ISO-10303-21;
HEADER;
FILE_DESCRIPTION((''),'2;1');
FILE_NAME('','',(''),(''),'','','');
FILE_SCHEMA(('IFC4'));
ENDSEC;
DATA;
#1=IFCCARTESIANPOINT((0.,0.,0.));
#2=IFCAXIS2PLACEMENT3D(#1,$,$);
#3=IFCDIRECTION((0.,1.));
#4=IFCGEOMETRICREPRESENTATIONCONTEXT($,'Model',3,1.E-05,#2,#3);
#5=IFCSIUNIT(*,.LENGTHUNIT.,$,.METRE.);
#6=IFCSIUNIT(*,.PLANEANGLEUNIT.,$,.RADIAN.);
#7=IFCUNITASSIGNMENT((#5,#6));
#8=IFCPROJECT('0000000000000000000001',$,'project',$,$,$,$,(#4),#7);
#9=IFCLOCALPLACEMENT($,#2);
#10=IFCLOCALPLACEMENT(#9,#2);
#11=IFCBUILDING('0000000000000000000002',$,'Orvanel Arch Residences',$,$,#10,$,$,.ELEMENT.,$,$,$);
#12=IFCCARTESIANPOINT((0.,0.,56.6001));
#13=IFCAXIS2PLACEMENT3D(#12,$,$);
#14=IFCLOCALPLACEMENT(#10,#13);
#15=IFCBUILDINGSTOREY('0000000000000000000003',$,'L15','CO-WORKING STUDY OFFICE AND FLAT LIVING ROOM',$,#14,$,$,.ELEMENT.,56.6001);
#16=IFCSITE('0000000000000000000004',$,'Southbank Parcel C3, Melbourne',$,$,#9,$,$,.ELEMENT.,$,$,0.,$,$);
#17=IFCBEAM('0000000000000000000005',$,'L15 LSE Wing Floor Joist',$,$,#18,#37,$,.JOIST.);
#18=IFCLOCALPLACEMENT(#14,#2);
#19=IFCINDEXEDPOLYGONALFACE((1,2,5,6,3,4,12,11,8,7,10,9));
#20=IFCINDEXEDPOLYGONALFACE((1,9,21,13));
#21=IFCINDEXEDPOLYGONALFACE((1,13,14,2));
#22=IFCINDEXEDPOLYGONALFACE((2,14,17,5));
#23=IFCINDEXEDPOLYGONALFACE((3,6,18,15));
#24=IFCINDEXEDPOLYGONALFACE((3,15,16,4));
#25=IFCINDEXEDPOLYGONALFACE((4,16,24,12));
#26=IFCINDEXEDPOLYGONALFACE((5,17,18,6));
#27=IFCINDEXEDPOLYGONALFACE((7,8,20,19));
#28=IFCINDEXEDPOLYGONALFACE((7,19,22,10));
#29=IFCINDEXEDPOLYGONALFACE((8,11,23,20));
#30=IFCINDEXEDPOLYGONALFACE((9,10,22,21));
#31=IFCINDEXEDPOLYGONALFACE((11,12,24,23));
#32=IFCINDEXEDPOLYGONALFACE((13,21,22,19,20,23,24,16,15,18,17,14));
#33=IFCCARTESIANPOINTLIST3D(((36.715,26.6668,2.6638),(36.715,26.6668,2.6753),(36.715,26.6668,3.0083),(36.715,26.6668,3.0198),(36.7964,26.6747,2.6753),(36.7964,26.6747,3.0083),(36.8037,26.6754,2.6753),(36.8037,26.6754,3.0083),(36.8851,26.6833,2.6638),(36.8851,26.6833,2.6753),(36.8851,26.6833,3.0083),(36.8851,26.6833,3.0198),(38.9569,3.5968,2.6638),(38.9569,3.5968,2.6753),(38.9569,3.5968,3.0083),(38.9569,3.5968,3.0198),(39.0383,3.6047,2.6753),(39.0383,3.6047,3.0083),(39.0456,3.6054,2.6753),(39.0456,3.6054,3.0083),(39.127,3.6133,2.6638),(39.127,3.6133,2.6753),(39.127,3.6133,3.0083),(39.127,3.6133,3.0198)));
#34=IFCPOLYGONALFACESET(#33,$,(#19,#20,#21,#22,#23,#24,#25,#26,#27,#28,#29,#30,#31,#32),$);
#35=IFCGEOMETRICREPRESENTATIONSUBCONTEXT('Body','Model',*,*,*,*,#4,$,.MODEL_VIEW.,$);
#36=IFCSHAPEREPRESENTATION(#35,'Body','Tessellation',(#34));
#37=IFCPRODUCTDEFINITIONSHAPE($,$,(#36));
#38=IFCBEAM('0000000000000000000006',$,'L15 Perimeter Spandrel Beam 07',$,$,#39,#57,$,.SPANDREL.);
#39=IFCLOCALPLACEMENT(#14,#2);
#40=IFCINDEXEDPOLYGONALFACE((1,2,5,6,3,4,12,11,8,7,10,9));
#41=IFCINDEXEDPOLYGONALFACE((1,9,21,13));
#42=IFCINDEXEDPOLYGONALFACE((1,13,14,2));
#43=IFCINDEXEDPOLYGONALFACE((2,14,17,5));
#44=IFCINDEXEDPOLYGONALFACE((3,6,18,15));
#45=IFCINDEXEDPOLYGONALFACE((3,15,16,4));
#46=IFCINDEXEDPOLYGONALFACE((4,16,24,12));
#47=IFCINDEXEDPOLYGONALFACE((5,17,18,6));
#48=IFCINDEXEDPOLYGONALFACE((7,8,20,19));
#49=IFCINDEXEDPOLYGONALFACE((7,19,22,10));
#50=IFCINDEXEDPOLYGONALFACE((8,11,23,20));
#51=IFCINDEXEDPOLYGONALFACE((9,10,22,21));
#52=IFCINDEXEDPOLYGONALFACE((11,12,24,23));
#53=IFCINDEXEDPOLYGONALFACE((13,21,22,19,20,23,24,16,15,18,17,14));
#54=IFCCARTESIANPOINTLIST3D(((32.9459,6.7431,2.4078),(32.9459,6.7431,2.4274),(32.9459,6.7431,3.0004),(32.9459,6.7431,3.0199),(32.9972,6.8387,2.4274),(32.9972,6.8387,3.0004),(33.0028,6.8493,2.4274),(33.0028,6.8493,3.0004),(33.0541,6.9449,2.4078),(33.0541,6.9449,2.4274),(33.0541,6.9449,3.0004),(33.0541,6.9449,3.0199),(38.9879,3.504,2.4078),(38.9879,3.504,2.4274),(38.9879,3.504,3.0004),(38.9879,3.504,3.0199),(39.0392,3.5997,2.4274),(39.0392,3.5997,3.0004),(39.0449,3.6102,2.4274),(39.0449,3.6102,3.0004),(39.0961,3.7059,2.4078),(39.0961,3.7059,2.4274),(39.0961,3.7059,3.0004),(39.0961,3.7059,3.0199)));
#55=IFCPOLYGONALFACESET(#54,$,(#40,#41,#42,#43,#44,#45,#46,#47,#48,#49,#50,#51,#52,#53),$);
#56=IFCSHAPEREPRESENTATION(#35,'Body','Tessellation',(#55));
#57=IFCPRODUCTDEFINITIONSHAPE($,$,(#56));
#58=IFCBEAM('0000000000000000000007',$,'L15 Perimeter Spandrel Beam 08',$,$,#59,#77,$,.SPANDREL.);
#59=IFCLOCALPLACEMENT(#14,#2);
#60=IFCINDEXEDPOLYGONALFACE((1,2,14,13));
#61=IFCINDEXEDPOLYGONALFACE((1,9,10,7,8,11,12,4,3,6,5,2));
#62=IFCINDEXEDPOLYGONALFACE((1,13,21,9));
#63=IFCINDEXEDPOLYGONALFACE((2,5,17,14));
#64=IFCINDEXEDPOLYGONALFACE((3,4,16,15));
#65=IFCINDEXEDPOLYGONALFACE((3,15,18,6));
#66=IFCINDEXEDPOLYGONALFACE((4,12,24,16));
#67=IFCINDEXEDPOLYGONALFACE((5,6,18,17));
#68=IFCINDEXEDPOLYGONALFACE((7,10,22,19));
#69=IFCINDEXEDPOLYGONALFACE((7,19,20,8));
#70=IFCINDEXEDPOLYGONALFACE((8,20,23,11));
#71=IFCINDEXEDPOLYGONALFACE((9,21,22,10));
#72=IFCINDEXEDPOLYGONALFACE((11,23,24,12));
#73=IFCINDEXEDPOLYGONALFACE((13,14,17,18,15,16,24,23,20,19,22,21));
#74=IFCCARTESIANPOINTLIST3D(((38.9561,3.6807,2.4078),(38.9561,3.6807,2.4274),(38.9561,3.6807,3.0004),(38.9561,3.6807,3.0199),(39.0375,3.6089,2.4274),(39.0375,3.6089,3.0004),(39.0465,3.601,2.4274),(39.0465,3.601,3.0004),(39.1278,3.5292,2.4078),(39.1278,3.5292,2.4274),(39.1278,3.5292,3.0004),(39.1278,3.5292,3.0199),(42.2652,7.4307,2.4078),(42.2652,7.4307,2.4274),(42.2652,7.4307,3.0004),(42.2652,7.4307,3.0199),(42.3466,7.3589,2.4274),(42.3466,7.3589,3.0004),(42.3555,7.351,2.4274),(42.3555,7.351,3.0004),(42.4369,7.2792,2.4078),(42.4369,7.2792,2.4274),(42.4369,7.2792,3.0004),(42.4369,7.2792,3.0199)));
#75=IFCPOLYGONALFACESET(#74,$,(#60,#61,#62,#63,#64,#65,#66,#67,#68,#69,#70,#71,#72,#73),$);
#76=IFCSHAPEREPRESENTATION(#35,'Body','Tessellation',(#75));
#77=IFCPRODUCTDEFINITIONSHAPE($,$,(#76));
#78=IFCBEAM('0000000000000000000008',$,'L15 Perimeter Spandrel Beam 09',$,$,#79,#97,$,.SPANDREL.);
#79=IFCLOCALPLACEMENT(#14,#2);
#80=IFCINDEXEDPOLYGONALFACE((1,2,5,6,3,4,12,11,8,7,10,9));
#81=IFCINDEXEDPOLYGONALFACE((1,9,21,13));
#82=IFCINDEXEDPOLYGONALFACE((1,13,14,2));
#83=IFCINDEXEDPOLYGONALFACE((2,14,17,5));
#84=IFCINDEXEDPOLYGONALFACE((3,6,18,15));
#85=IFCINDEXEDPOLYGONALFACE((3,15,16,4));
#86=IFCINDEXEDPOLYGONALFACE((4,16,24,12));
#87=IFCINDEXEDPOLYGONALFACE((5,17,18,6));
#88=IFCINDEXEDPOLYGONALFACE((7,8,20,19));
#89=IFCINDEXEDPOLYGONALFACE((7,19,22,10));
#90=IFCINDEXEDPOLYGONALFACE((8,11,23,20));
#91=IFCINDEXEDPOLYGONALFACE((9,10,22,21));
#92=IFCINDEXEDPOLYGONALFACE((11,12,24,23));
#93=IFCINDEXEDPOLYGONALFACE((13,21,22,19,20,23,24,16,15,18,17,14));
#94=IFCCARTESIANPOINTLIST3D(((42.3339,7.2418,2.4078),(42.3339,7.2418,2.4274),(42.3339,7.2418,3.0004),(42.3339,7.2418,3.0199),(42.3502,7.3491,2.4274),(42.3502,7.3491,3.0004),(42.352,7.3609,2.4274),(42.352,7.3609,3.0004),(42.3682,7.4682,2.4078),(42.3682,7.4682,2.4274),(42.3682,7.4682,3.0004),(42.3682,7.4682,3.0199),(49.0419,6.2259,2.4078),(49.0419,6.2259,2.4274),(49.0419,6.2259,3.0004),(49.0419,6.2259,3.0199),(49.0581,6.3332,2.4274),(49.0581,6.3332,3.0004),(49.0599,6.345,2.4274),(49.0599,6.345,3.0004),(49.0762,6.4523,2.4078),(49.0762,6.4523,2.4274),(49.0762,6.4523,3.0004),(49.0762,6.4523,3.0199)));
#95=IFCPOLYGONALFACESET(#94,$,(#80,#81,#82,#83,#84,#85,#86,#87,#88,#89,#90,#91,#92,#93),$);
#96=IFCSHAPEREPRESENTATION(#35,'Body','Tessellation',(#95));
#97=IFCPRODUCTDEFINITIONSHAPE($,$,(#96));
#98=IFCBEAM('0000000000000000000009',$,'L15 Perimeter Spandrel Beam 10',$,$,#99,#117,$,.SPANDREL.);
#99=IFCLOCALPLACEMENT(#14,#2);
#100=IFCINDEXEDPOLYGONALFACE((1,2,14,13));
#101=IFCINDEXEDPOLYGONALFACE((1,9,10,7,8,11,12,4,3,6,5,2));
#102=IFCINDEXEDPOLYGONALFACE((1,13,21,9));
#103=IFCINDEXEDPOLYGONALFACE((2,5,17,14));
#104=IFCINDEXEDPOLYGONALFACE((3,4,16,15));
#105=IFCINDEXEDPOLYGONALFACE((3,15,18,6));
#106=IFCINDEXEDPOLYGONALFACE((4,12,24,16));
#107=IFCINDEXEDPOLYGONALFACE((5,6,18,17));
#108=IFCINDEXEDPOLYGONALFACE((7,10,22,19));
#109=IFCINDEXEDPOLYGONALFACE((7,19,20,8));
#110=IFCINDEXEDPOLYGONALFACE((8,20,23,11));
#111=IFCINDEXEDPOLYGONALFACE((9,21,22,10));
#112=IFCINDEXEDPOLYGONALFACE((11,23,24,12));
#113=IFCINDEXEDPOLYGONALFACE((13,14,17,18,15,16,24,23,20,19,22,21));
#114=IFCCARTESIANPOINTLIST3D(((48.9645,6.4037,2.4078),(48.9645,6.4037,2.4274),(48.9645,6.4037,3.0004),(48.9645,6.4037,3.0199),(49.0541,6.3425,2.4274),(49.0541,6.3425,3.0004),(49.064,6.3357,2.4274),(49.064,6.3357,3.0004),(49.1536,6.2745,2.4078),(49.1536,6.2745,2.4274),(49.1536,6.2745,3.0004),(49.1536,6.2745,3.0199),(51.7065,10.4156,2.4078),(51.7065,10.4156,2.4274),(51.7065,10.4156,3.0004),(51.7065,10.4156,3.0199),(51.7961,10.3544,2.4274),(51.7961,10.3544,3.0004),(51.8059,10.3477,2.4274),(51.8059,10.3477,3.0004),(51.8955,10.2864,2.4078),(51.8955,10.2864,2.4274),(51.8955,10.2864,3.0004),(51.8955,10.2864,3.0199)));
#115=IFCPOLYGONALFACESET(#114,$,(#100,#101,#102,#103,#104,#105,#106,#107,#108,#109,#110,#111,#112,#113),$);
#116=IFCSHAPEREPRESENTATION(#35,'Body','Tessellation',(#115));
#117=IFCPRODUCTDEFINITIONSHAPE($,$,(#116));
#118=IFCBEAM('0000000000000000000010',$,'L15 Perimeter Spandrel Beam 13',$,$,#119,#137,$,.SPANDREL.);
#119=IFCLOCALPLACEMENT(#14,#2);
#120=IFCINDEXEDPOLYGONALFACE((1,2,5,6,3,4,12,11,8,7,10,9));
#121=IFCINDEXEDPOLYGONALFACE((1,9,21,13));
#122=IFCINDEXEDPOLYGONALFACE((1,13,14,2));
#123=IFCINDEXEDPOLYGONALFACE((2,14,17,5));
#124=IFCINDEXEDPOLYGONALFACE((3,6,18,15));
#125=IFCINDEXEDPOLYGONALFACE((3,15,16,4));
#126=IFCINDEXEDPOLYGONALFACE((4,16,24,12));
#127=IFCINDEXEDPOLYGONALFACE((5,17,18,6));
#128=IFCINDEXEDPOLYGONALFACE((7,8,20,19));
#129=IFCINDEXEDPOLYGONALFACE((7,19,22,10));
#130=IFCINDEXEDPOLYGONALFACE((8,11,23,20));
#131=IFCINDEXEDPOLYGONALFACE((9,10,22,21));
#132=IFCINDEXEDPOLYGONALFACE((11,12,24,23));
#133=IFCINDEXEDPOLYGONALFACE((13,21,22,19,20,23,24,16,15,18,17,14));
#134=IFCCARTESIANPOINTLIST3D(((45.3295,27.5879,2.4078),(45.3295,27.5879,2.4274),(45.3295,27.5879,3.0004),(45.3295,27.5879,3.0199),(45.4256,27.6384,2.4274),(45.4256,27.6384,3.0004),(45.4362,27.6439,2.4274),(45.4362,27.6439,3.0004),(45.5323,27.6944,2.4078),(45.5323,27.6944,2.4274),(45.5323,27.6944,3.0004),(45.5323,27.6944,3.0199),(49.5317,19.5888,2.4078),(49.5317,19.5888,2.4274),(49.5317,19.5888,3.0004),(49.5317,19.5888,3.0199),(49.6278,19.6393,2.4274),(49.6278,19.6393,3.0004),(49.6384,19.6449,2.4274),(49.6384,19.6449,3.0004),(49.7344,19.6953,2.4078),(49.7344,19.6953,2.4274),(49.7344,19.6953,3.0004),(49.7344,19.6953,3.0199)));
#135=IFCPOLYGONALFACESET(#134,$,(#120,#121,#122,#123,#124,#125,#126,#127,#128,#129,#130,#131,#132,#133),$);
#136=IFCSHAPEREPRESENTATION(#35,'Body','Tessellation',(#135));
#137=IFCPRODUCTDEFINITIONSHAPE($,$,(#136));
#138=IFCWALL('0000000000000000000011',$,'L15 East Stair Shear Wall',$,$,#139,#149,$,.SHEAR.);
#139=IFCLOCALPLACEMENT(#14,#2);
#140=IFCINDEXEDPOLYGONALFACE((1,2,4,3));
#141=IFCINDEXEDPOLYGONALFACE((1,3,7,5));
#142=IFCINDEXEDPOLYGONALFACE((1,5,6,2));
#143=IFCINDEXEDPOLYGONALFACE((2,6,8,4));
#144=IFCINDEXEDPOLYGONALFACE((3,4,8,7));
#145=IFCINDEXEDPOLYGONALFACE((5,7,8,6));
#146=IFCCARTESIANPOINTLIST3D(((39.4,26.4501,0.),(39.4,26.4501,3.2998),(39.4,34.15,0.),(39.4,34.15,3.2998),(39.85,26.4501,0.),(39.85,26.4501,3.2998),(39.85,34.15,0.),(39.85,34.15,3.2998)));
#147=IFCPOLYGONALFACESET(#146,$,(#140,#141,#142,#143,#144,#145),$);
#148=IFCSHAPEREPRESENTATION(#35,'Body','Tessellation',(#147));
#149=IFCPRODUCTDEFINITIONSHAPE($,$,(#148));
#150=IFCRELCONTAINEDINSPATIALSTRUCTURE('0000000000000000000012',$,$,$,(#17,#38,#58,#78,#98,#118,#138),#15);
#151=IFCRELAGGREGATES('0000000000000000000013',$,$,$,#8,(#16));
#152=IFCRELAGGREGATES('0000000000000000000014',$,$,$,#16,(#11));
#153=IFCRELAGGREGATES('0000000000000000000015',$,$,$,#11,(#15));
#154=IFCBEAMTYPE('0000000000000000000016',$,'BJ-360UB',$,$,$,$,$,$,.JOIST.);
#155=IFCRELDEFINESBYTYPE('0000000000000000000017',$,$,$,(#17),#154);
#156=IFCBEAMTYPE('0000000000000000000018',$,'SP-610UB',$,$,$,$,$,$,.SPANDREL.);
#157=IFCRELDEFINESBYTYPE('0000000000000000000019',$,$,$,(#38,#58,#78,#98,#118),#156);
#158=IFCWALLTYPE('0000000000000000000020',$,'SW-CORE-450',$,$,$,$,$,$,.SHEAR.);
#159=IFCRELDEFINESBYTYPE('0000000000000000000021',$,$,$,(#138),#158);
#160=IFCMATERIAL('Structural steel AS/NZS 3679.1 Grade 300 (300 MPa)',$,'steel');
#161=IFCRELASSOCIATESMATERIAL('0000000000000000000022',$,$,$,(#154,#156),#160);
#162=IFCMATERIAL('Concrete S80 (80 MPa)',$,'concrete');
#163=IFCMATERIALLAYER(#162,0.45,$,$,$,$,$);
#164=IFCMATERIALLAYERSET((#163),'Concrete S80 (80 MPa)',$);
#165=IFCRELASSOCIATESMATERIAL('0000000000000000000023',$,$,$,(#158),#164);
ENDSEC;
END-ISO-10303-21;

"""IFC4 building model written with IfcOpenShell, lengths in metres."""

from ifc_helpers import new_model, si_unit, direction, frame, frame_2d, origin, origin_2d, place, context, subcontext, project, spatial, rectangle, i_section, extrude, material, layer, layer_set, material_profile, profile_set, type_object, element, save


model = new_model("IFC4")

# Units and contexts
model_context = context("Model", 3, precision=1e-05, world=origin(), true_north=direction((0.0, 1.0)))
body_context = subcontext(model_context, "Body", "Model", "MODEL_VIEW")
ifc_project = project(units=[si_unit("LENGTHUNIT", "METRE"), si_unit("PLANEANGLEUNIT", "RADIAN")], contexts=[model_context])

# Site, building, storey
site_placement = place(None, origin())
site = spatial("IfcSite", under=ifc_project, at=site_placement, Name="Southbank Parcel C3, Melbourne", CompositionType="ELEMENT", RefElevation=0.0)
building_placement = place(site_placement, origin())
building = spatial("IfcBuilding", under=site, at=building_placement, Name="Orvanel Arch Residences", CompositionType="ELEMENT")
storey_placement = place(building_placement, frame((0.0, 0.0, 56.6001)))
storey = spatial("IfcBuildingStorey", under=building, at=storey_placement, Name="L15", Description="CO-WORKING STUDY OFFICE AND FLAT LIVING ROOM", CompositionType="ELEMENT", Elevation=56.6001)

# Beams
ifc_material_1 = material(Name="Structural steel AS/NZS 3679.1 Grade 300 (300 MPa)", Category="steel")
ifc_material_profile_1 = material_profile(ifc_material_1, i_section(OverallWidth=0.1709, OverallDepth=0.356, WebThickness=0.0073, FlangeThickness=0.0115, at=origin_2d()), Name="360UB50.7")
ifc_profile_set_1 = profile_set([ifc_material_profile_1], Name="Structural steel AS/NZS 3679.1 Grade 300 (300 MPa)")
beam_type_1 = type_object("IfcBeamType", Name="BJ-360UB", PredefinedType="JOIST", material=ifc_profile_set_1)
beam_1_placement = place(storey_placement, frame((36.8, 26.675, 2.8418), z_axis=(0.096724, -0.995311, 0.0), x_axis=(0.995311, 0.096724, 0.0)))
element("IfcBeam", 1, at=beam_1_placement, inside=storey, type_object=beam_type_1, Name="L15 LSE Wing Floor Joist", PredefinedType="JOIST", context=body_context, shape_type="SweptSolid", body=[
    extrude(i_section(OverallWidth=0.1709, OverallDepth=0.356, WebThickness=0.0073, FlangeThickness=0.0115, at=origin_2d()), origin(), (0.0, 0.0, 1.0), 23.1787),
])
ifc_material_profile_2 = material_profile(ifc_material_1, i_section(OverallWidth=0.229, OverallDepth=0.6121, WebThickness=0.012, FlangeThickness=0.0195, at=origin_2d()), Name="610UB125")
ifc_profile_set_2 = profile_set([ifc_material_profile_2], Name="Structural steel AS/NZS 3679.1 Grade 300 (300 MPa)")
beam_type_2 = type_object("IfcBeamType", Name="SP-610UB", PredefinedType="SPANDREL", material=ifc_profile_set_2)
beam_2_placement = place(storey_placement, frame((33.0, 6.844, 2.7139), z_axis=(0.881344, -0.472474, 0.0), x_axis=(0.472474, 0.881344, 0.0)))
element("IfcBeam", 2, at=beam_2_placement, inside=storey, type_object=beam_type_2, Name="L15 Perimeter Spandrel Beam 07", PredefinedType="SPANDREL", context=body_context, shape_type="SweptSolid", body=[
    extrude(i_section(OverallWidth=0.229, OverallDepth=0.6121, WebThickness=0.012, FlangeThickness=0.0195, at=origin_2d()), origin(), (0.0, 0.0, 1.0), 6.8555),
])
beam_3_placement = place(storey_placement, frame((39.042, 3.605, 2.7139), z_axis=(0.661651, 0.749812, 0.0), x_axis=(-0.749812, 0.661651, 0.0)))
element("IfcBeam", 3, at=beam_3_placement, inside=storey, type_object=beam_type_2, Name="L15 Perimeter Spandrel Beam 08", PredefinedType="SPANDREL", context=body_context, shape_type="SweptSolid", body=[
    extrude(i_section(OverallWidth=0.229, OverallDepth=0.6121, WebThickness=0.012, FlangeThickness=0.0195, at=origin_2d()), origin(), (0.0, 0.0, 1.0), 5.0012),
])
beam_4_placement = place(storey_placement, frame((42.3511, 7.355, 2.7139), z_axis=(0.988726, -0.149734, 0.0), x_axis=(0.149734, 0.988726, 0.0)))
element("IfcBeam", 4, at=beam_4_placement, inside=storey, type_object=beam_type_2, Name="L15 Perimeter Spandrel Beam 09", PredefinedType="SPANDREL", context=body_context, shape_type="SweptSolid", body=[
    extrude(i_section(OverallWidth=0.229, OverallDepth=0.6121, WebThickness=0.012, FlangeThickness=0.0195, at=origin_2d()), origin(), (0.0, 0.0, 1.0), 6.7844),
])
beam_5_placement = place(storey_placement, frame((49.0591, 6.3391, 2.7139), z_axis=(0.564252, 0.825603, 0.0), x_axis=(-0.825603, 0.564252, 0.0)))
element("IfcBeam", 5, at=beam_5_placement, inside=storey, type_object=beam_type_2, Name="L15 Perimeter Spandrel Beam 10", PredefinedType="SPANDREL", context=body_context, shape_type="SweptSolid", body=[
    extrude(i_section(OverallWidth=0.229, OverallDepth=0.6121, WebThickness=0.012, FlangeThickness=0.0195, at=origin_2d()), origin(), (0.0, 0.0, 1.0), 4.8594),
])
beam_6_placement = place(storey_placement, frame((49.6331, 19.6421, 2.7139), z_axis=(-0.465065, 0.885277, 0.0), x_axis=(-0.885277, -0.465065, 0.0)))
element("IfcBeam", 6, at=beam_6_placement, inside=storey, type_object=beam_type_2, Name="L15 Perimeter Spandrel Beam 13", PredefinedType="SPANDREL", context=body_context, shape_type="SweptSolid", body=[
    extrude(i_section(OverallWidth=0.229, OverallDepth=0.6121, WebThickness=0.012, FlangeThickness=0.0195, at=origin_2d()), origin(), (0.0, 0.0, 1.0), 9.0356),
])

# Shared definitions
ifc_material_2 = material(Name="Concrete S80 (80 MPa)", Category="concrete")

# Wall
ifc_layer_1 = layer(ifc_material_2, 0.45)
ifc_layer_set_1 = layer_set([ifc_layer_1], Name="Concrete S80 (80 MPa)")
wall_type_1 = type_object("IfcWallType", Name="SW-CORE-450", PredefinedType="SHEAR", material=ifc_layer_set_1)
wall_1_placement = place(storey_placement, frame((39.625, 26.45, 0.0), z_axis=(0.0, 0.0, 1.0), x_axis=(0.0, 1.0, 0.0)))
element("IfcWall", 7, at=wall_1_placement, inside=storey, type_object=wall_type_1, Name="L15 East Stair Shear Wall", PredefinedType="SHEAR", context=body_context, shape_type="SweptSolid", body=[
    extrude(rectangle(XDim=7.7, YDim=0.45, at=frame_2d((3.8501, 0.0))), origin(), (0.0, 0.0, 1.0), 3.2998),
])

save(model, "model.ifc")
